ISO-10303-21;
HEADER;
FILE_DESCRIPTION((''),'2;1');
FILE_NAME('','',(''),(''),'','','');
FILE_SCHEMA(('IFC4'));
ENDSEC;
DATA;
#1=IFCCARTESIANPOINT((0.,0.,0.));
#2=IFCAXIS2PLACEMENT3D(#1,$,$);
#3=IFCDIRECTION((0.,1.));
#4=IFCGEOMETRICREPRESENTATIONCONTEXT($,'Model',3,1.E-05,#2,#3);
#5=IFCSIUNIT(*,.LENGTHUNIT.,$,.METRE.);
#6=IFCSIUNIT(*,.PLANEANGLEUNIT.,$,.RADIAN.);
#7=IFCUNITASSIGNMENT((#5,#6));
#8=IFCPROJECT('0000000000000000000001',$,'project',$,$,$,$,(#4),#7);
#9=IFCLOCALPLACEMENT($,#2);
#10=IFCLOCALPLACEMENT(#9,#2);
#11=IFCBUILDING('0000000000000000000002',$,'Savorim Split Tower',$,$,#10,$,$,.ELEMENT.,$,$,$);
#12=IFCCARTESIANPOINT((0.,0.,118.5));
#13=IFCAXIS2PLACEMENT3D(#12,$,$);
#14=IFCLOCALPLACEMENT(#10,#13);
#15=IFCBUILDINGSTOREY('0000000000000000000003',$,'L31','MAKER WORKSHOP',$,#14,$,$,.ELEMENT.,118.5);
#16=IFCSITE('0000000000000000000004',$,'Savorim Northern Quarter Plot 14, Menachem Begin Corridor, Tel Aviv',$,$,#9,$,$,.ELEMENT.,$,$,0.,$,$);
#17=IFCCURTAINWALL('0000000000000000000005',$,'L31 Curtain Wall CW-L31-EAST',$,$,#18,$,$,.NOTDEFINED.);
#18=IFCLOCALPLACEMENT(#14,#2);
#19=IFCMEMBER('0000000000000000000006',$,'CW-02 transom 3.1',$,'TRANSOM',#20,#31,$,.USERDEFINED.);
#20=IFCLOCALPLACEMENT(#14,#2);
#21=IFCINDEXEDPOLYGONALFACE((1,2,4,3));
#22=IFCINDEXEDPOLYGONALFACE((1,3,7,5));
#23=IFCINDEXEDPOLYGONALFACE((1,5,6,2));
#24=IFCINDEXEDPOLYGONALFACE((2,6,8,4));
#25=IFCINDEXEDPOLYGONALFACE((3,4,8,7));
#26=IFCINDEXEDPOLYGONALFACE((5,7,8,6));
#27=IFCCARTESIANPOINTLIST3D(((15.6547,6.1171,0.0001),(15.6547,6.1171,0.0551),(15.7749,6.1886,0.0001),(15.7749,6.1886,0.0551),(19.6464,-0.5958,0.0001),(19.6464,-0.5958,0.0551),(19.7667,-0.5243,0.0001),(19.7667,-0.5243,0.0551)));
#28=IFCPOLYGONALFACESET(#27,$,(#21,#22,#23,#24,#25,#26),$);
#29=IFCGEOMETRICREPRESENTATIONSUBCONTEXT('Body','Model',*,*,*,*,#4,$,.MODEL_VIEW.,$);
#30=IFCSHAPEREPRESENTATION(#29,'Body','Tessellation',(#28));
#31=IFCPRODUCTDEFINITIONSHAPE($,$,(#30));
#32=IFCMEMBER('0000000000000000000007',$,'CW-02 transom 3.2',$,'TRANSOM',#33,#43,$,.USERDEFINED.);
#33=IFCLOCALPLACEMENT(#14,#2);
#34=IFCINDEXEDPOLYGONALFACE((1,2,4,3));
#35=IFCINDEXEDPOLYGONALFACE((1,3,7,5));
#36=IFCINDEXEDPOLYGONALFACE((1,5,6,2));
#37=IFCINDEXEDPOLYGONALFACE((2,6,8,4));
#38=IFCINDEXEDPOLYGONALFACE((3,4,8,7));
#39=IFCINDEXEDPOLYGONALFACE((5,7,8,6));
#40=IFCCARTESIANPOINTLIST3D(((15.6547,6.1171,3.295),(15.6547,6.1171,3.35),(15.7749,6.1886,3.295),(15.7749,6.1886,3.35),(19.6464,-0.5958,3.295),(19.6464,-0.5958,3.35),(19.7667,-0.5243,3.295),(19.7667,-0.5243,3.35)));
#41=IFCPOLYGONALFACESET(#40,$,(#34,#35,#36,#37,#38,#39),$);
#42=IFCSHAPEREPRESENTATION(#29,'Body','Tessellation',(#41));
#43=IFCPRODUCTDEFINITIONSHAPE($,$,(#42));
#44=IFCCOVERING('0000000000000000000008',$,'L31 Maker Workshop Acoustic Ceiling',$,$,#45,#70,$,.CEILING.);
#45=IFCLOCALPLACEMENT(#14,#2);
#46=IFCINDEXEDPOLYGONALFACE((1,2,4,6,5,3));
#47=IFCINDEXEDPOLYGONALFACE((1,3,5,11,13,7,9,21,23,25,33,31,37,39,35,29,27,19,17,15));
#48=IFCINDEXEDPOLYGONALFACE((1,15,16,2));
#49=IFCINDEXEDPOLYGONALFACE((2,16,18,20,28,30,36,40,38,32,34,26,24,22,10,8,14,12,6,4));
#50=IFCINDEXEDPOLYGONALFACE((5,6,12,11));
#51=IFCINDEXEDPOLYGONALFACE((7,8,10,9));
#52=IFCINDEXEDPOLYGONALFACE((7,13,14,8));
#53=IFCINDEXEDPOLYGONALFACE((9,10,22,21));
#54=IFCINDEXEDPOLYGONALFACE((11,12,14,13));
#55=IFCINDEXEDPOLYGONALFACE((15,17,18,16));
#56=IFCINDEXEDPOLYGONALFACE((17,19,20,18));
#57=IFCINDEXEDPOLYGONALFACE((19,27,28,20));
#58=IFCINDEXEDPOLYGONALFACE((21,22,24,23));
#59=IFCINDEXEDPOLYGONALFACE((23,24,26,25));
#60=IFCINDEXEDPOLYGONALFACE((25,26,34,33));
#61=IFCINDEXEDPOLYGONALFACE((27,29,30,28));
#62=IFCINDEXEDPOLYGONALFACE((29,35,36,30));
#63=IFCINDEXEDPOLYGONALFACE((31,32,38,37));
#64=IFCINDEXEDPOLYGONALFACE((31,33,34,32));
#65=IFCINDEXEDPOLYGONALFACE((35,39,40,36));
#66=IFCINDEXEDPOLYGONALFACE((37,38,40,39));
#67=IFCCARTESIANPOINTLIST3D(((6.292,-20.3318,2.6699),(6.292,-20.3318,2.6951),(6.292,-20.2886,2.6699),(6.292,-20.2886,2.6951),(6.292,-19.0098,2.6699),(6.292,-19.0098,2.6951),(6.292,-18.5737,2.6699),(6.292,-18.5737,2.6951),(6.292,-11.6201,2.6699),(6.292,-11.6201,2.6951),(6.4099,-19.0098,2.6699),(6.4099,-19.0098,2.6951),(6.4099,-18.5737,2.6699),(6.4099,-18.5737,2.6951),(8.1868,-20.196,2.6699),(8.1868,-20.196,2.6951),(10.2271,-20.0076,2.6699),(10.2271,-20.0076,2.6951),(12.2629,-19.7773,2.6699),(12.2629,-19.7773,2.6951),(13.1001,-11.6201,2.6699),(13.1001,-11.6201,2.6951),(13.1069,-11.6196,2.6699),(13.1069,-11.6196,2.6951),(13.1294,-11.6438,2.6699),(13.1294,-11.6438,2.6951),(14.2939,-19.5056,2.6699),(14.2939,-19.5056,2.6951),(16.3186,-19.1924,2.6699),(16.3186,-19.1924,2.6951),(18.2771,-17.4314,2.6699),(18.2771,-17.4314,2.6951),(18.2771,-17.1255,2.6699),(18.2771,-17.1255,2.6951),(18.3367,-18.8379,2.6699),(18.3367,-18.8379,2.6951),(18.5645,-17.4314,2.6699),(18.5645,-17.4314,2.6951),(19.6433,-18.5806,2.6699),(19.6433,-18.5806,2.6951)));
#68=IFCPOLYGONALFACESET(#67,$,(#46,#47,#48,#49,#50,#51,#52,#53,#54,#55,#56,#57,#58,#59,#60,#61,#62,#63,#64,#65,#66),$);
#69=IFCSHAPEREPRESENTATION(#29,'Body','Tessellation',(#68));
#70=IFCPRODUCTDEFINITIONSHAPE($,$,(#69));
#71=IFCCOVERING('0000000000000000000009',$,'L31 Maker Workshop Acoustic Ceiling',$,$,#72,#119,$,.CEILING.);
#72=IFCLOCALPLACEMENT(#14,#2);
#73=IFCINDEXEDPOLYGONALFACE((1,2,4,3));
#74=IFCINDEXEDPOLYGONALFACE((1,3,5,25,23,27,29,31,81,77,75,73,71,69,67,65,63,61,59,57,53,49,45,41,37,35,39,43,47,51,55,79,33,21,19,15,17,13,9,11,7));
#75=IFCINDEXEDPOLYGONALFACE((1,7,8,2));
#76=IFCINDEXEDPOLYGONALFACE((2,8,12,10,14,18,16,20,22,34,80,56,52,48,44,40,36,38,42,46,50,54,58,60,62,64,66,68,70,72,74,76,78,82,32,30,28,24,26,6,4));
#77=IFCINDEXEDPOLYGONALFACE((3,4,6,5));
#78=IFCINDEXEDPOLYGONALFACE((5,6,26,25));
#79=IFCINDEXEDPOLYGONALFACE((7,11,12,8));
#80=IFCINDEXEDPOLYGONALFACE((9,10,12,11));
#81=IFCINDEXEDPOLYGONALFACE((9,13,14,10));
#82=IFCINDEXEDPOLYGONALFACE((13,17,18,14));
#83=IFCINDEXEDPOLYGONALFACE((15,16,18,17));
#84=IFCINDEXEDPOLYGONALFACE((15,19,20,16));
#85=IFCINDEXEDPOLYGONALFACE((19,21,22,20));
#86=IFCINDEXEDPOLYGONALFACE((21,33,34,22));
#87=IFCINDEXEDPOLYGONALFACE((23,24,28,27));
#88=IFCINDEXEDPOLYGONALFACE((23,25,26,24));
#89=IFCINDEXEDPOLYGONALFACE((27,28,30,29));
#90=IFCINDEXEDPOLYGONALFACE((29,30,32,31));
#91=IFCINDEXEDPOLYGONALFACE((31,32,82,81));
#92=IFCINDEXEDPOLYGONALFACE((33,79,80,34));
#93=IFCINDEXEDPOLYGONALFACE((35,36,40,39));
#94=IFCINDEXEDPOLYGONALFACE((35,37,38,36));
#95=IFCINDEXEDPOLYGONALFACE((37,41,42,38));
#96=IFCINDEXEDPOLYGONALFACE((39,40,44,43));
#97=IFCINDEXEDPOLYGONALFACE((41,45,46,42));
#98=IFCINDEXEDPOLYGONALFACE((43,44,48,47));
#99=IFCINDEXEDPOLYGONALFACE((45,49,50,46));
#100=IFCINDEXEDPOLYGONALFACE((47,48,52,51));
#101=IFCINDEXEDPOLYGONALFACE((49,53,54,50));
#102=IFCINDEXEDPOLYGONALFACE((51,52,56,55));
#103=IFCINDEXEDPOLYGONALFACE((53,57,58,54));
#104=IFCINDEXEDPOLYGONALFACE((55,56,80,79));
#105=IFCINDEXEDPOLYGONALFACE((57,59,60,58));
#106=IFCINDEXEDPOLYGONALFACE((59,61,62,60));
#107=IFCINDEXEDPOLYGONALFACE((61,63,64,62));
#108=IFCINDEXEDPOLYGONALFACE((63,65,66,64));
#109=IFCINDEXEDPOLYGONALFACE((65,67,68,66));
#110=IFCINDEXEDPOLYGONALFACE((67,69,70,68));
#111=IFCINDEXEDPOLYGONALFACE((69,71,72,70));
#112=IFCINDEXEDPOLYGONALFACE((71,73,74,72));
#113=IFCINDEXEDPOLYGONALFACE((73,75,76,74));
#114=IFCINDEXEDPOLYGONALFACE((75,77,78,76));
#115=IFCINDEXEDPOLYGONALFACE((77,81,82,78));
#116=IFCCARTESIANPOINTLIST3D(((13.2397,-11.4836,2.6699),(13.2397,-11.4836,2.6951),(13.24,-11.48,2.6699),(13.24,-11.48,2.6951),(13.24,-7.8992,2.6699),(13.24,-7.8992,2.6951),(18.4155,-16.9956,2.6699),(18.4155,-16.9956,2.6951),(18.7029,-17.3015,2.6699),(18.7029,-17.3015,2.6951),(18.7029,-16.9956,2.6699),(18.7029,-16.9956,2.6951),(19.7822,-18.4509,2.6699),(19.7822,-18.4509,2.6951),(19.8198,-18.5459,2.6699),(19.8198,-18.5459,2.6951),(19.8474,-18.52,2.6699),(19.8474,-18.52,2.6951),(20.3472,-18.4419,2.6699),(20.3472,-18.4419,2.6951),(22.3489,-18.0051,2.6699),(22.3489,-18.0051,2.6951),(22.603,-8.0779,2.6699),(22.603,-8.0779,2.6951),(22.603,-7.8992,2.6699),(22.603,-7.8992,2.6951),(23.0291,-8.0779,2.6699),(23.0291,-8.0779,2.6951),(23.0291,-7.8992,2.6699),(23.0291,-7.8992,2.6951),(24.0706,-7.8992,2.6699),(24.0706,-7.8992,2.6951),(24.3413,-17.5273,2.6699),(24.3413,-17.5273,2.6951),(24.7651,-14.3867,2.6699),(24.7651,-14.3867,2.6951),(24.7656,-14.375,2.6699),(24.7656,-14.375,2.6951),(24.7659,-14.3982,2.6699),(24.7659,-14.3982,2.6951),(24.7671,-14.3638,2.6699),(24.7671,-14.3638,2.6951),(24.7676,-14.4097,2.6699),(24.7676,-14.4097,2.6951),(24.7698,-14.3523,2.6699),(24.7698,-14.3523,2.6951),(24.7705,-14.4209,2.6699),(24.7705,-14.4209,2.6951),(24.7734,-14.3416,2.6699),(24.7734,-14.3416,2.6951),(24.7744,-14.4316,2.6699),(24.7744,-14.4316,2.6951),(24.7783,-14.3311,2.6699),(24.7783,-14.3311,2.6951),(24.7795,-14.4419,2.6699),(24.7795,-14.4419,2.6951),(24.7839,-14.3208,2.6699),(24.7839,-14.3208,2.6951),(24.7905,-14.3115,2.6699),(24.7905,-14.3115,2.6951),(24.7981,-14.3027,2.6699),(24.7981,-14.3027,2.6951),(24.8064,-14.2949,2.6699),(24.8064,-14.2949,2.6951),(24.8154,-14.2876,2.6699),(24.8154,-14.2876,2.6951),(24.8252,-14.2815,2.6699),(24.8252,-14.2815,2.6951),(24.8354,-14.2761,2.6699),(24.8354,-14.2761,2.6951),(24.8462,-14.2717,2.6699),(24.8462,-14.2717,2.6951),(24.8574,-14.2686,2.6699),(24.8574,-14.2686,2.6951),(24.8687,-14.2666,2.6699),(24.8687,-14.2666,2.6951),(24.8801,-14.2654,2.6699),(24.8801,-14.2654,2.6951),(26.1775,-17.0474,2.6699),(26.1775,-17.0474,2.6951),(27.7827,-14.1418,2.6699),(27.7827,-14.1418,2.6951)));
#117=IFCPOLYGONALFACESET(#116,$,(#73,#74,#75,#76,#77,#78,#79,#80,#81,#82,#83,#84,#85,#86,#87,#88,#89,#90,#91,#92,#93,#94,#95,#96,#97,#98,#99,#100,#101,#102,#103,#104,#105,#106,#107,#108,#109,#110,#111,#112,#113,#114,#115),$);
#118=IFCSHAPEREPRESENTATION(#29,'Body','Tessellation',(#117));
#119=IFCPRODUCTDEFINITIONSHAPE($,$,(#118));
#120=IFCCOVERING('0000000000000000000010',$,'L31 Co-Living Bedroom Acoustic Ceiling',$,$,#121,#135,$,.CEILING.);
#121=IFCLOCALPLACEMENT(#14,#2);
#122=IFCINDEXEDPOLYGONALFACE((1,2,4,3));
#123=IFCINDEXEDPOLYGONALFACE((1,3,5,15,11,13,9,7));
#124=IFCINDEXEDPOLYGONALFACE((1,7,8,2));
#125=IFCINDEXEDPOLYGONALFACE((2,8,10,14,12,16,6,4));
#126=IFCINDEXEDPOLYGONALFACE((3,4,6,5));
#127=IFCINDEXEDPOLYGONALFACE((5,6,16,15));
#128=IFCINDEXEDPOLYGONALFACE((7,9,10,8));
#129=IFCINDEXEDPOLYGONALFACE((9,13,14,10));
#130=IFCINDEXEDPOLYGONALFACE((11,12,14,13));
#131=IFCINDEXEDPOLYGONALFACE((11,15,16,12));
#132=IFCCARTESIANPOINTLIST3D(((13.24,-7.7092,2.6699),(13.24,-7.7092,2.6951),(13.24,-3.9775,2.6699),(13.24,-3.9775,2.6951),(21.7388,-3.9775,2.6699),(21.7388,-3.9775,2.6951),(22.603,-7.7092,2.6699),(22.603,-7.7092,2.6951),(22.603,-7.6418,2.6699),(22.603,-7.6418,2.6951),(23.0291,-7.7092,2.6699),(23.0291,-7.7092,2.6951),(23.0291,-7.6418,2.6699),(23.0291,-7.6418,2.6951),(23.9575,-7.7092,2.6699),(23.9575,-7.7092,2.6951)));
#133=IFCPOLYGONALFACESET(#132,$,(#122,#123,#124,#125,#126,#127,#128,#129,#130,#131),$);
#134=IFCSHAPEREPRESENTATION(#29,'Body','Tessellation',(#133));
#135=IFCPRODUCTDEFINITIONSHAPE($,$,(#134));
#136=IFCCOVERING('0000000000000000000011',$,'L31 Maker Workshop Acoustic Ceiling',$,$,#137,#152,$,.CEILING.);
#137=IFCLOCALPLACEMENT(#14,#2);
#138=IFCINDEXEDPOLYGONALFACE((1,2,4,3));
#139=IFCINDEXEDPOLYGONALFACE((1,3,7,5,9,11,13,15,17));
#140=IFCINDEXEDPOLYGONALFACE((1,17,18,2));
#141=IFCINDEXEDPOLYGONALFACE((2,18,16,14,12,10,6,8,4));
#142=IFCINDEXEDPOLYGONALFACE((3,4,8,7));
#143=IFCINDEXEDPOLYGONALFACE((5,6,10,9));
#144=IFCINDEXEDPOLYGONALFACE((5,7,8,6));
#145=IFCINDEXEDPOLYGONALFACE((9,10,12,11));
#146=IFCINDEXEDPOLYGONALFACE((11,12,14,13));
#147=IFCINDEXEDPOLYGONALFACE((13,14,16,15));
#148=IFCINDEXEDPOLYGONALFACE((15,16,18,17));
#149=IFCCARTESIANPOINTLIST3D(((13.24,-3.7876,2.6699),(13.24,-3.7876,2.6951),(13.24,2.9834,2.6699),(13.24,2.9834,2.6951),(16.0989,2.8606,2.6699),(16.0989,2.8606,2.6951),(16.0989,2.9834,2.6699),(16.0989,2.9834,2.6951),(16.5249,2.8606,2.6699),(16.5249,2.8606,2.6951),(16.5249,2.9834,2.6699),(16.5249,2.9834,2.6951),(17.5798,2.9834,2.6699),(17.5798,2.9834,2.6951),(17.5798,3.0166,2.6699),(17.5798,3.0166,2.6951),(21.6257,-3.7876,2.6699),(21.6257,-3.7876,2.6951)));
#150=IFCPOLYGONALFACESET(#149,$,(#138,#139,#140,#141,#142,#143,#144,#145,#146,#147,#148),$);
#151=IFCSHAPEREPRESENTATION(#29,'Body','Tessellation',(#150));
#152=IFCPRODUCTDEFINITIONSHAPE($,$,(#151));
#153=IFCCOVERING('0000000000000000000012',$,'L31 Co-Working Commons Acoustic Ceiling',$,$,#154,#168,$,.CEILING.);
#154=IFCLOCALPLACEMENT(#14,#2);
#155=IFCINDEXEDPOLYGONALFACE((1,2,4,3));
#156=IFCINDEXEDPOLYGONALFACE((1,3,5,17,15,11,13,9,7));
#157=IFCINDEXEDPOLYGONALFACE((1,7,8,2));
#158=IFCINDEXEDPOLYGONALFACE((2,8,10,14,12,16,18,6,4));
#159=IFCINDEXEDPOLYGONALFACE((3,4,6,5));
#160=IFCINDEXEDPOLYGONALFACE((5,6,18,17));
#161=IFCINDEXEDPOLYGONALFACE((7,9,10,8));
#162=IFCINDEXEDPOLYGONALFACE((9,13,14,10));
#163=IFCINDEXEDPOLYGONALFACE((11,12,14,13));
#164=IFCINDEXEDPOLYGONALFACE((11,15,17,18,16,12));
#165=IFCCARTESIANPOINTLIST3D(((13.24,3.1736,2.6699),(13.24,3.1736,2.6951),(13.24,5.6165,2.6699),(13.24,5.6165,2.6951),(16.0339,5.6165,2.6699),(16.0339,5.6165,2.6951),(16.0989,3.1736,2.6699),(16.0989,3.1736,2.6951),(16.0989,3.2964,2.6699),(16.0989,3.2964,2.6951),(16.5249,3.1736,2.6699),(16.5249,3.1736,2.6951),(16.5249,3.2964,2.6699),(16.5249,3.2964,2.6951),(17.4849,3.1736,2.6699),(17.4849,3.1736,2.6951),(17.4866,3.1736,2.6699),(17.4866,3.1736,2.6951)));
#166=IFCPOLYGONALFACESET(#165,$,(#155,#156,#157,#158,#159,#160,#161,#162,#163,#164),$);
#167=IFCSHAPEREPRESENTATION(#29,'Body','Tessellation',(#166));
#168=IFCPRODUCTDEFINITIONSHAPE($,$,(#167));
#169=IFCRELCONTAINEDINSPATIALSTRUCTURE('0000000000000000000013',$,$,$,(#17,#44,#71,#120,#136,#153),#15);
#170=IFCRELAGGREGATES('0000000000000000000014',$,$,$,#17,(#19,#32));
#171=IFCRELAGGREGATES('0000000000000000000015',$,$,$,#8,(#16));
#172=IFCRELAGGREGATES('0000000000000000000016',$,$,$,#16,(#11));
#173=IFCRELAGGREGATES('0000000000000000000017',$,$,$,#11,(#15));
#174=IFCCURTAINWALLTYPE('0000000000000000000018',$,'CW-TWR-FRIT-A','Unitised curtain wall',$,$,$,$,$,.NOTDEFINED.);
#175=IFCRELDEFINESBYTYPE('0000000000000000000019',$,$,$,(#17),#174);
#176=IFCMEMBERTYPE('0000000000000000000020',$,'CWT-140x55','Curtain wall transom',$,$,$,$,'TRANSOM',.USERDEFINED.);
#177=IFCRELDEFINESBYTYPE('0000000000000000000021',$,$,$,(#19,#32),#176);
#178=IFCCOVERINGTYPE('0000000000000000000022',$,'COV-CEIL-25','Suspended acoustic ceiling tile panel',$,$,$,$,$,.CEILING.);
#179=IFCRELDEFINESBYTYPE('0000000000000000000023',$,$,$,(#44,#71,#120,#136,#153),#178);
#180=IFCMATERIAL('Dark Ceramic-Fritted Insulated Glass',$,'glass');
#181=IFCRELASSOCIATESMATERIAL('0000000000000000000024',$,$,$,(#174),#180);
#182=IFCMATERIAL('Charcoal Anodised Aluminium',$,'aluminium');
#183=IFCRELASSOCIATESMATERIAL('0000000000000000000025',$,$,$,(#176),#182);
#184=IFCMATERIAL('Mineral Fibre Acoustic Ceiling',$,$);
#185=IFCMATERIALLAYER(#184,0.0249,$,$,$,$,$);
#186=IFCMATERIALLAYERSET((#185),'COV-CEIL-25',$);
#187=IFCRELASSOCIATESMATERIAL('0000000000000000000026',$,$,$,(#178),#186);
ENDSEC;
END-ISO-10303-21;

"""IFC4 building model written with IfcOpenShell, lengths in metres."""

from ifc_helpers import new_model, si_unit, direction, frame, origin, origin_2d, place, context, subcontext, project, spatial, polyline, rectangle, outline, extrude, material, layer, layer_set, material_profile, profile_set, type_object, element, aggregate, save


model = new_model("IFC4")

# Units and contexts
model_context = context("Model", 3, precision=1e-05, world=origin(), true_north=direction((0.0, 1.0)))
body_context = subcontext(model_context, "Body", "Model", "MODEL_VIEW")
ifc_project = project(units=[si_unit("LENGTHUNIT", "METRE"), si_unit("PLANEANGLEUNIT", "RADIAN")], contexts=[model_context])

# Site, building, storey
site_placement = place(None, origin())
site = spatial("IfcSite", under=ifc_project, at=site_placement, Name="Savorim Northern Quarter Plot 14, Menachem Begin Corridor, Tel Aviv", CompositionType="ELEMENT", RefElevation=0.0)
building_placement = place(site_placement, origin())
building = spatial("IfcBuilding", under=site, at=building_placement, Name="Savorim Split Tower", CompositionType="ELEMENT")
storey_placement = place(building_placement, frame((0.0, 0.0, 118.5)))
storey = spatial("IfcBuildingStorey", under=building, at=storey_placement, Name="L31", Description="MAKER WORKSHOP", CompositionType="ELEMENT", Elevation=118.5)

# Curtain wall, members
ifc_material_1 = material(Name="Dark Ceramic-Fritted Insulated Glass", Category="glass")
curtain_wall_type = type_object("IfcCurtainWallType", Name="CW-TWR-FRIT-A", Description="Unitised curtain wall", PredefinedType="NOTDEFINED", material=ifc_material_1)
curtain_wall_placement = place(storey_placement, origin())
curtain_wall = element("IfcCurtainWall", 1, at=curtain_wall_placement, inside=storey, type_object=curtain_wall_type, Name="L31 Curtain Wall CW-L31-EAST", PredefinedType="NOTDEFINED")
ifc_material_2 = material(Name="Charcoal Anodised Aluminium", Category="aluminium")
ifc_material_profile = material_profile(ifc_material_2, rectangle(XDim=0.1399, YDim=0.0549, at=origin_2d()), Name="ALU-T 140x55")
ifc_profile_set = profile_set([ifc_material_profile], Name="Charcoal Anodised Aluminium")
member_type = type_object("IfcMemberType", Name="CWT-140x55", Description="Curtain wall transom", ElementType="TRANSOM", PredefinedType="USERDEFINED", material=ifc_profile_set)
member_1_placement = place(storey_placement, frame((19.7065, -0.5601, 0.0276), z_axis=(-0.511099, 0.859522, 0.0), x_axis=(-0.859522, -0.511099, 0.0)))
member_1 = element("IfcMember", 2, at=member_1_placement, type_object=member_type, Name="CW-02 transom 3.1", ObjectType="TRANSOM", PredefinedType="USERDEFINED", context=body_context, shape_type="SweptSolid", body=[
    extrude(rectangle(XDim=0.1399, YDim=0.0549, at=origin_2d()), origin(), (0.0, 0.0, 1.0), 7.8101),
])
member_2_placement = place(storey_placement, frame((19.7065, -0.5601, 3.3225), z_axis=(-0.511099, 0.859522, 0.0), x_axis=(-0.859522, -0.511099, 0.0)))
member_2 = element("IfcMember", 3, at=member_2_placement, type_object=member_type, Name="CW-02 transom 3.2", ObjectType="TRANSOM", PredefinedType="USERDEFINED", context=body_context, shape_type="SweptSolid", body=[
    extrude(rectangle(XDim=0.1399, YDim=0.0549, at=origin_2d()), origin(), (0.0, 0.0, 1.0), 7.8101),
])
aggregate(curtain_wall, [member_1, member_2])

# Coverings
ifc_material_3 = material(Name="Mineral Fibre Acoustic Ceiling")
ifc_layer_1 = layer(ifc_material_3, 0.0249)
ifc_layer_set_1 = layer_set([ifc_layer_1], Name="COV-CEIL-25")
covering_type_1 = type_object("IfcCoveringType", Name="COV-CEIL-25", Description="Suspended acoustic ceiling tile panel", PredefinedType="CEILING", material=ifc_layer_set_1)
covering_1_placement = place(storey_placement, frame((0.0, 0.0, 2.6699)))
element("IfcCovering", 4, at=covering_1_placement, inside=storey, type_object=covering_type_1, Name="L31 Maker Workshop Acoustic Ceiling", PredefinedType="CEILING", context=body_context, shape_type="SweptSolid", body=[
    extrude(outline(polyline([(12.2629, -19.7773), (14.2939, -19.5056), (16.3186, -19.1924), (18.3367, -18.8379), (19.6433, -18.5806), (18.5645, -17.4314), (18.2771, -17.4314), (18.2771, -17.1255), (13.1294, -11.6438), (13.1069, -11.6196), (13.1001, -11.6201), (6.292, -11.6201), (6.292, -18.5737), (6.4099, -18.5737), (6.4099, -19.0098), (6.292, -19.0098), (6.292, -20.2886), (6.292, -20.3318), (8.1868, -20.196), (10.2271, -20.0076), (12.2629, -19.7773)])), origin(), (0.0, 0.0, 1.0), 0.0251),
])
covering_2_placement = place(storey_placement, frame((0.0, 0.0, 2.6699)))
element("IfcCovering", 5, at=covering_2_placement, inside=storey, type_object=covering_type_1, Name="L31 Maker Workshop Acoustic Ceiling", PredefinedType="CEILING", context=body_context, shape_type="SweptSolid", body=[
    extrude(outline(polyline([(24.8574, -14.2686), (24.8687, -14.2666), (24.8801, -14.2654), (27.7827, -14.1418), (24.0706, -7.8992), (23.0291, -7.8992), (23.0291, -8.0779), (22.603, -8.0779), (22.603, -7.8992), (13.24, -7.8992), (13.24, -11.48), (13.2397, -11.4836), (18.4155, -16.9956), (18.7029, -16.9956), (18.7029, -17.3015), (19.7822, -18.4509), (19.8474, -18.52), (19.8198, -18.5459), (20.3472, -18.4419), (22.3489, -18.0051), (24.3413, -17.5273), (26.1775, -17.0474), (24.7795, -14.4419), (24.7744, -14.4316), (24.7705, -14.4209), (24.7676, -14.4097), (24.7659, -14.3982), (24.7651, -14.3867), (24.7656, -14.375), (24.7671, -14.3638), (24.7698, -14.3523), (24.7734, -14.3416), (24.7783, -14.3311), (24.7839, -14.3208), (24.7905, -14.3115), (24.7981, -14.3027), (24.8064, -14.2949), (24.8154, -14.2876), (24.8252, -14.2815), (24.8354, -14.2761), (24.8462, -14.2717), (24.8574, -14.2686)])), origin(), (0.0, 0.0, 1.0), 0.0251),
])
covering_3_placement = place(storey_placement, frame((0.0, 0.0, 2.6699)))
element("IfcCovering", 6, at=covering_3_placement, inside=storey, type_object=covering_type_1, Name="L31 Co-Living Bedroom Acoustic Ceiling", PredefinedType="CEILING", context=body_context, shape_type="SweptSolid", body=[
    extrude(outline(polyline([(23.9575, -7.7092), (21.7388, -3.9775), (13.24, -3.9775), (13.24, -7.7092), (22.603, -7.7092), (22.603, -7.6418), (23.0291, -7.6418), (23.0291, -7.7092), (23.9575, -7.7092)])), origin(), (0.0, 0.0, 1.0), 0.0251),
])
covering_4_placement = place(storey_placement, frame((0.0, 0.0, 2.6699)))
element("IfcCovering", 7, at=covering_4_placement, inside=storey, type_object=covering_type_1, Name="L31 Maker Workshop Acoustic Ceiling", PredefinedType="CEILING", context=body_context, shape_type="SweptSolid", body=[
    extrude(outline(polyline([(16.0989, 2.8606), (16.0989, 2.9834), (13.24, 2.9834), (13.24, -3.7876), (21.6257, -3.7876), (17.5798, 3.0166), (17.5798, 2.9834), (16.5249, 2.9834), (16.5249, 2.8606), (16.0989, 2.8606)])), origin(), (0.0, 0.0, 1.0), 0.0251),
])
covering_5_placement = place(storey_placement, frame((0.0, 0.0, 2.6699)))
element("IfcCovering", 8, at=covering_5_placement, inside=storey, type_object=covering_type_1, Name="L31 Co-Working Commons Acoustic Ceiling", PredefinedType="CEILING", context=body_context, shape_type="SweptSolid", body=[
    extrude(outline(polyline([(16.5249, 3.2964), (16.5249, 3.1736), (17.4849, 3.1736), (17.4866, 3.1736), (16.0339, 5.6165), (13.24, 5.6165), (13.24, 3.1736), (16.0989, 3.1736), (16.0989, 3.2964), (16.5249, 3.2964)])), origin(), (0.0, 0.0, 1.0), 0.0251),
])

save(model, "model.ifc")
